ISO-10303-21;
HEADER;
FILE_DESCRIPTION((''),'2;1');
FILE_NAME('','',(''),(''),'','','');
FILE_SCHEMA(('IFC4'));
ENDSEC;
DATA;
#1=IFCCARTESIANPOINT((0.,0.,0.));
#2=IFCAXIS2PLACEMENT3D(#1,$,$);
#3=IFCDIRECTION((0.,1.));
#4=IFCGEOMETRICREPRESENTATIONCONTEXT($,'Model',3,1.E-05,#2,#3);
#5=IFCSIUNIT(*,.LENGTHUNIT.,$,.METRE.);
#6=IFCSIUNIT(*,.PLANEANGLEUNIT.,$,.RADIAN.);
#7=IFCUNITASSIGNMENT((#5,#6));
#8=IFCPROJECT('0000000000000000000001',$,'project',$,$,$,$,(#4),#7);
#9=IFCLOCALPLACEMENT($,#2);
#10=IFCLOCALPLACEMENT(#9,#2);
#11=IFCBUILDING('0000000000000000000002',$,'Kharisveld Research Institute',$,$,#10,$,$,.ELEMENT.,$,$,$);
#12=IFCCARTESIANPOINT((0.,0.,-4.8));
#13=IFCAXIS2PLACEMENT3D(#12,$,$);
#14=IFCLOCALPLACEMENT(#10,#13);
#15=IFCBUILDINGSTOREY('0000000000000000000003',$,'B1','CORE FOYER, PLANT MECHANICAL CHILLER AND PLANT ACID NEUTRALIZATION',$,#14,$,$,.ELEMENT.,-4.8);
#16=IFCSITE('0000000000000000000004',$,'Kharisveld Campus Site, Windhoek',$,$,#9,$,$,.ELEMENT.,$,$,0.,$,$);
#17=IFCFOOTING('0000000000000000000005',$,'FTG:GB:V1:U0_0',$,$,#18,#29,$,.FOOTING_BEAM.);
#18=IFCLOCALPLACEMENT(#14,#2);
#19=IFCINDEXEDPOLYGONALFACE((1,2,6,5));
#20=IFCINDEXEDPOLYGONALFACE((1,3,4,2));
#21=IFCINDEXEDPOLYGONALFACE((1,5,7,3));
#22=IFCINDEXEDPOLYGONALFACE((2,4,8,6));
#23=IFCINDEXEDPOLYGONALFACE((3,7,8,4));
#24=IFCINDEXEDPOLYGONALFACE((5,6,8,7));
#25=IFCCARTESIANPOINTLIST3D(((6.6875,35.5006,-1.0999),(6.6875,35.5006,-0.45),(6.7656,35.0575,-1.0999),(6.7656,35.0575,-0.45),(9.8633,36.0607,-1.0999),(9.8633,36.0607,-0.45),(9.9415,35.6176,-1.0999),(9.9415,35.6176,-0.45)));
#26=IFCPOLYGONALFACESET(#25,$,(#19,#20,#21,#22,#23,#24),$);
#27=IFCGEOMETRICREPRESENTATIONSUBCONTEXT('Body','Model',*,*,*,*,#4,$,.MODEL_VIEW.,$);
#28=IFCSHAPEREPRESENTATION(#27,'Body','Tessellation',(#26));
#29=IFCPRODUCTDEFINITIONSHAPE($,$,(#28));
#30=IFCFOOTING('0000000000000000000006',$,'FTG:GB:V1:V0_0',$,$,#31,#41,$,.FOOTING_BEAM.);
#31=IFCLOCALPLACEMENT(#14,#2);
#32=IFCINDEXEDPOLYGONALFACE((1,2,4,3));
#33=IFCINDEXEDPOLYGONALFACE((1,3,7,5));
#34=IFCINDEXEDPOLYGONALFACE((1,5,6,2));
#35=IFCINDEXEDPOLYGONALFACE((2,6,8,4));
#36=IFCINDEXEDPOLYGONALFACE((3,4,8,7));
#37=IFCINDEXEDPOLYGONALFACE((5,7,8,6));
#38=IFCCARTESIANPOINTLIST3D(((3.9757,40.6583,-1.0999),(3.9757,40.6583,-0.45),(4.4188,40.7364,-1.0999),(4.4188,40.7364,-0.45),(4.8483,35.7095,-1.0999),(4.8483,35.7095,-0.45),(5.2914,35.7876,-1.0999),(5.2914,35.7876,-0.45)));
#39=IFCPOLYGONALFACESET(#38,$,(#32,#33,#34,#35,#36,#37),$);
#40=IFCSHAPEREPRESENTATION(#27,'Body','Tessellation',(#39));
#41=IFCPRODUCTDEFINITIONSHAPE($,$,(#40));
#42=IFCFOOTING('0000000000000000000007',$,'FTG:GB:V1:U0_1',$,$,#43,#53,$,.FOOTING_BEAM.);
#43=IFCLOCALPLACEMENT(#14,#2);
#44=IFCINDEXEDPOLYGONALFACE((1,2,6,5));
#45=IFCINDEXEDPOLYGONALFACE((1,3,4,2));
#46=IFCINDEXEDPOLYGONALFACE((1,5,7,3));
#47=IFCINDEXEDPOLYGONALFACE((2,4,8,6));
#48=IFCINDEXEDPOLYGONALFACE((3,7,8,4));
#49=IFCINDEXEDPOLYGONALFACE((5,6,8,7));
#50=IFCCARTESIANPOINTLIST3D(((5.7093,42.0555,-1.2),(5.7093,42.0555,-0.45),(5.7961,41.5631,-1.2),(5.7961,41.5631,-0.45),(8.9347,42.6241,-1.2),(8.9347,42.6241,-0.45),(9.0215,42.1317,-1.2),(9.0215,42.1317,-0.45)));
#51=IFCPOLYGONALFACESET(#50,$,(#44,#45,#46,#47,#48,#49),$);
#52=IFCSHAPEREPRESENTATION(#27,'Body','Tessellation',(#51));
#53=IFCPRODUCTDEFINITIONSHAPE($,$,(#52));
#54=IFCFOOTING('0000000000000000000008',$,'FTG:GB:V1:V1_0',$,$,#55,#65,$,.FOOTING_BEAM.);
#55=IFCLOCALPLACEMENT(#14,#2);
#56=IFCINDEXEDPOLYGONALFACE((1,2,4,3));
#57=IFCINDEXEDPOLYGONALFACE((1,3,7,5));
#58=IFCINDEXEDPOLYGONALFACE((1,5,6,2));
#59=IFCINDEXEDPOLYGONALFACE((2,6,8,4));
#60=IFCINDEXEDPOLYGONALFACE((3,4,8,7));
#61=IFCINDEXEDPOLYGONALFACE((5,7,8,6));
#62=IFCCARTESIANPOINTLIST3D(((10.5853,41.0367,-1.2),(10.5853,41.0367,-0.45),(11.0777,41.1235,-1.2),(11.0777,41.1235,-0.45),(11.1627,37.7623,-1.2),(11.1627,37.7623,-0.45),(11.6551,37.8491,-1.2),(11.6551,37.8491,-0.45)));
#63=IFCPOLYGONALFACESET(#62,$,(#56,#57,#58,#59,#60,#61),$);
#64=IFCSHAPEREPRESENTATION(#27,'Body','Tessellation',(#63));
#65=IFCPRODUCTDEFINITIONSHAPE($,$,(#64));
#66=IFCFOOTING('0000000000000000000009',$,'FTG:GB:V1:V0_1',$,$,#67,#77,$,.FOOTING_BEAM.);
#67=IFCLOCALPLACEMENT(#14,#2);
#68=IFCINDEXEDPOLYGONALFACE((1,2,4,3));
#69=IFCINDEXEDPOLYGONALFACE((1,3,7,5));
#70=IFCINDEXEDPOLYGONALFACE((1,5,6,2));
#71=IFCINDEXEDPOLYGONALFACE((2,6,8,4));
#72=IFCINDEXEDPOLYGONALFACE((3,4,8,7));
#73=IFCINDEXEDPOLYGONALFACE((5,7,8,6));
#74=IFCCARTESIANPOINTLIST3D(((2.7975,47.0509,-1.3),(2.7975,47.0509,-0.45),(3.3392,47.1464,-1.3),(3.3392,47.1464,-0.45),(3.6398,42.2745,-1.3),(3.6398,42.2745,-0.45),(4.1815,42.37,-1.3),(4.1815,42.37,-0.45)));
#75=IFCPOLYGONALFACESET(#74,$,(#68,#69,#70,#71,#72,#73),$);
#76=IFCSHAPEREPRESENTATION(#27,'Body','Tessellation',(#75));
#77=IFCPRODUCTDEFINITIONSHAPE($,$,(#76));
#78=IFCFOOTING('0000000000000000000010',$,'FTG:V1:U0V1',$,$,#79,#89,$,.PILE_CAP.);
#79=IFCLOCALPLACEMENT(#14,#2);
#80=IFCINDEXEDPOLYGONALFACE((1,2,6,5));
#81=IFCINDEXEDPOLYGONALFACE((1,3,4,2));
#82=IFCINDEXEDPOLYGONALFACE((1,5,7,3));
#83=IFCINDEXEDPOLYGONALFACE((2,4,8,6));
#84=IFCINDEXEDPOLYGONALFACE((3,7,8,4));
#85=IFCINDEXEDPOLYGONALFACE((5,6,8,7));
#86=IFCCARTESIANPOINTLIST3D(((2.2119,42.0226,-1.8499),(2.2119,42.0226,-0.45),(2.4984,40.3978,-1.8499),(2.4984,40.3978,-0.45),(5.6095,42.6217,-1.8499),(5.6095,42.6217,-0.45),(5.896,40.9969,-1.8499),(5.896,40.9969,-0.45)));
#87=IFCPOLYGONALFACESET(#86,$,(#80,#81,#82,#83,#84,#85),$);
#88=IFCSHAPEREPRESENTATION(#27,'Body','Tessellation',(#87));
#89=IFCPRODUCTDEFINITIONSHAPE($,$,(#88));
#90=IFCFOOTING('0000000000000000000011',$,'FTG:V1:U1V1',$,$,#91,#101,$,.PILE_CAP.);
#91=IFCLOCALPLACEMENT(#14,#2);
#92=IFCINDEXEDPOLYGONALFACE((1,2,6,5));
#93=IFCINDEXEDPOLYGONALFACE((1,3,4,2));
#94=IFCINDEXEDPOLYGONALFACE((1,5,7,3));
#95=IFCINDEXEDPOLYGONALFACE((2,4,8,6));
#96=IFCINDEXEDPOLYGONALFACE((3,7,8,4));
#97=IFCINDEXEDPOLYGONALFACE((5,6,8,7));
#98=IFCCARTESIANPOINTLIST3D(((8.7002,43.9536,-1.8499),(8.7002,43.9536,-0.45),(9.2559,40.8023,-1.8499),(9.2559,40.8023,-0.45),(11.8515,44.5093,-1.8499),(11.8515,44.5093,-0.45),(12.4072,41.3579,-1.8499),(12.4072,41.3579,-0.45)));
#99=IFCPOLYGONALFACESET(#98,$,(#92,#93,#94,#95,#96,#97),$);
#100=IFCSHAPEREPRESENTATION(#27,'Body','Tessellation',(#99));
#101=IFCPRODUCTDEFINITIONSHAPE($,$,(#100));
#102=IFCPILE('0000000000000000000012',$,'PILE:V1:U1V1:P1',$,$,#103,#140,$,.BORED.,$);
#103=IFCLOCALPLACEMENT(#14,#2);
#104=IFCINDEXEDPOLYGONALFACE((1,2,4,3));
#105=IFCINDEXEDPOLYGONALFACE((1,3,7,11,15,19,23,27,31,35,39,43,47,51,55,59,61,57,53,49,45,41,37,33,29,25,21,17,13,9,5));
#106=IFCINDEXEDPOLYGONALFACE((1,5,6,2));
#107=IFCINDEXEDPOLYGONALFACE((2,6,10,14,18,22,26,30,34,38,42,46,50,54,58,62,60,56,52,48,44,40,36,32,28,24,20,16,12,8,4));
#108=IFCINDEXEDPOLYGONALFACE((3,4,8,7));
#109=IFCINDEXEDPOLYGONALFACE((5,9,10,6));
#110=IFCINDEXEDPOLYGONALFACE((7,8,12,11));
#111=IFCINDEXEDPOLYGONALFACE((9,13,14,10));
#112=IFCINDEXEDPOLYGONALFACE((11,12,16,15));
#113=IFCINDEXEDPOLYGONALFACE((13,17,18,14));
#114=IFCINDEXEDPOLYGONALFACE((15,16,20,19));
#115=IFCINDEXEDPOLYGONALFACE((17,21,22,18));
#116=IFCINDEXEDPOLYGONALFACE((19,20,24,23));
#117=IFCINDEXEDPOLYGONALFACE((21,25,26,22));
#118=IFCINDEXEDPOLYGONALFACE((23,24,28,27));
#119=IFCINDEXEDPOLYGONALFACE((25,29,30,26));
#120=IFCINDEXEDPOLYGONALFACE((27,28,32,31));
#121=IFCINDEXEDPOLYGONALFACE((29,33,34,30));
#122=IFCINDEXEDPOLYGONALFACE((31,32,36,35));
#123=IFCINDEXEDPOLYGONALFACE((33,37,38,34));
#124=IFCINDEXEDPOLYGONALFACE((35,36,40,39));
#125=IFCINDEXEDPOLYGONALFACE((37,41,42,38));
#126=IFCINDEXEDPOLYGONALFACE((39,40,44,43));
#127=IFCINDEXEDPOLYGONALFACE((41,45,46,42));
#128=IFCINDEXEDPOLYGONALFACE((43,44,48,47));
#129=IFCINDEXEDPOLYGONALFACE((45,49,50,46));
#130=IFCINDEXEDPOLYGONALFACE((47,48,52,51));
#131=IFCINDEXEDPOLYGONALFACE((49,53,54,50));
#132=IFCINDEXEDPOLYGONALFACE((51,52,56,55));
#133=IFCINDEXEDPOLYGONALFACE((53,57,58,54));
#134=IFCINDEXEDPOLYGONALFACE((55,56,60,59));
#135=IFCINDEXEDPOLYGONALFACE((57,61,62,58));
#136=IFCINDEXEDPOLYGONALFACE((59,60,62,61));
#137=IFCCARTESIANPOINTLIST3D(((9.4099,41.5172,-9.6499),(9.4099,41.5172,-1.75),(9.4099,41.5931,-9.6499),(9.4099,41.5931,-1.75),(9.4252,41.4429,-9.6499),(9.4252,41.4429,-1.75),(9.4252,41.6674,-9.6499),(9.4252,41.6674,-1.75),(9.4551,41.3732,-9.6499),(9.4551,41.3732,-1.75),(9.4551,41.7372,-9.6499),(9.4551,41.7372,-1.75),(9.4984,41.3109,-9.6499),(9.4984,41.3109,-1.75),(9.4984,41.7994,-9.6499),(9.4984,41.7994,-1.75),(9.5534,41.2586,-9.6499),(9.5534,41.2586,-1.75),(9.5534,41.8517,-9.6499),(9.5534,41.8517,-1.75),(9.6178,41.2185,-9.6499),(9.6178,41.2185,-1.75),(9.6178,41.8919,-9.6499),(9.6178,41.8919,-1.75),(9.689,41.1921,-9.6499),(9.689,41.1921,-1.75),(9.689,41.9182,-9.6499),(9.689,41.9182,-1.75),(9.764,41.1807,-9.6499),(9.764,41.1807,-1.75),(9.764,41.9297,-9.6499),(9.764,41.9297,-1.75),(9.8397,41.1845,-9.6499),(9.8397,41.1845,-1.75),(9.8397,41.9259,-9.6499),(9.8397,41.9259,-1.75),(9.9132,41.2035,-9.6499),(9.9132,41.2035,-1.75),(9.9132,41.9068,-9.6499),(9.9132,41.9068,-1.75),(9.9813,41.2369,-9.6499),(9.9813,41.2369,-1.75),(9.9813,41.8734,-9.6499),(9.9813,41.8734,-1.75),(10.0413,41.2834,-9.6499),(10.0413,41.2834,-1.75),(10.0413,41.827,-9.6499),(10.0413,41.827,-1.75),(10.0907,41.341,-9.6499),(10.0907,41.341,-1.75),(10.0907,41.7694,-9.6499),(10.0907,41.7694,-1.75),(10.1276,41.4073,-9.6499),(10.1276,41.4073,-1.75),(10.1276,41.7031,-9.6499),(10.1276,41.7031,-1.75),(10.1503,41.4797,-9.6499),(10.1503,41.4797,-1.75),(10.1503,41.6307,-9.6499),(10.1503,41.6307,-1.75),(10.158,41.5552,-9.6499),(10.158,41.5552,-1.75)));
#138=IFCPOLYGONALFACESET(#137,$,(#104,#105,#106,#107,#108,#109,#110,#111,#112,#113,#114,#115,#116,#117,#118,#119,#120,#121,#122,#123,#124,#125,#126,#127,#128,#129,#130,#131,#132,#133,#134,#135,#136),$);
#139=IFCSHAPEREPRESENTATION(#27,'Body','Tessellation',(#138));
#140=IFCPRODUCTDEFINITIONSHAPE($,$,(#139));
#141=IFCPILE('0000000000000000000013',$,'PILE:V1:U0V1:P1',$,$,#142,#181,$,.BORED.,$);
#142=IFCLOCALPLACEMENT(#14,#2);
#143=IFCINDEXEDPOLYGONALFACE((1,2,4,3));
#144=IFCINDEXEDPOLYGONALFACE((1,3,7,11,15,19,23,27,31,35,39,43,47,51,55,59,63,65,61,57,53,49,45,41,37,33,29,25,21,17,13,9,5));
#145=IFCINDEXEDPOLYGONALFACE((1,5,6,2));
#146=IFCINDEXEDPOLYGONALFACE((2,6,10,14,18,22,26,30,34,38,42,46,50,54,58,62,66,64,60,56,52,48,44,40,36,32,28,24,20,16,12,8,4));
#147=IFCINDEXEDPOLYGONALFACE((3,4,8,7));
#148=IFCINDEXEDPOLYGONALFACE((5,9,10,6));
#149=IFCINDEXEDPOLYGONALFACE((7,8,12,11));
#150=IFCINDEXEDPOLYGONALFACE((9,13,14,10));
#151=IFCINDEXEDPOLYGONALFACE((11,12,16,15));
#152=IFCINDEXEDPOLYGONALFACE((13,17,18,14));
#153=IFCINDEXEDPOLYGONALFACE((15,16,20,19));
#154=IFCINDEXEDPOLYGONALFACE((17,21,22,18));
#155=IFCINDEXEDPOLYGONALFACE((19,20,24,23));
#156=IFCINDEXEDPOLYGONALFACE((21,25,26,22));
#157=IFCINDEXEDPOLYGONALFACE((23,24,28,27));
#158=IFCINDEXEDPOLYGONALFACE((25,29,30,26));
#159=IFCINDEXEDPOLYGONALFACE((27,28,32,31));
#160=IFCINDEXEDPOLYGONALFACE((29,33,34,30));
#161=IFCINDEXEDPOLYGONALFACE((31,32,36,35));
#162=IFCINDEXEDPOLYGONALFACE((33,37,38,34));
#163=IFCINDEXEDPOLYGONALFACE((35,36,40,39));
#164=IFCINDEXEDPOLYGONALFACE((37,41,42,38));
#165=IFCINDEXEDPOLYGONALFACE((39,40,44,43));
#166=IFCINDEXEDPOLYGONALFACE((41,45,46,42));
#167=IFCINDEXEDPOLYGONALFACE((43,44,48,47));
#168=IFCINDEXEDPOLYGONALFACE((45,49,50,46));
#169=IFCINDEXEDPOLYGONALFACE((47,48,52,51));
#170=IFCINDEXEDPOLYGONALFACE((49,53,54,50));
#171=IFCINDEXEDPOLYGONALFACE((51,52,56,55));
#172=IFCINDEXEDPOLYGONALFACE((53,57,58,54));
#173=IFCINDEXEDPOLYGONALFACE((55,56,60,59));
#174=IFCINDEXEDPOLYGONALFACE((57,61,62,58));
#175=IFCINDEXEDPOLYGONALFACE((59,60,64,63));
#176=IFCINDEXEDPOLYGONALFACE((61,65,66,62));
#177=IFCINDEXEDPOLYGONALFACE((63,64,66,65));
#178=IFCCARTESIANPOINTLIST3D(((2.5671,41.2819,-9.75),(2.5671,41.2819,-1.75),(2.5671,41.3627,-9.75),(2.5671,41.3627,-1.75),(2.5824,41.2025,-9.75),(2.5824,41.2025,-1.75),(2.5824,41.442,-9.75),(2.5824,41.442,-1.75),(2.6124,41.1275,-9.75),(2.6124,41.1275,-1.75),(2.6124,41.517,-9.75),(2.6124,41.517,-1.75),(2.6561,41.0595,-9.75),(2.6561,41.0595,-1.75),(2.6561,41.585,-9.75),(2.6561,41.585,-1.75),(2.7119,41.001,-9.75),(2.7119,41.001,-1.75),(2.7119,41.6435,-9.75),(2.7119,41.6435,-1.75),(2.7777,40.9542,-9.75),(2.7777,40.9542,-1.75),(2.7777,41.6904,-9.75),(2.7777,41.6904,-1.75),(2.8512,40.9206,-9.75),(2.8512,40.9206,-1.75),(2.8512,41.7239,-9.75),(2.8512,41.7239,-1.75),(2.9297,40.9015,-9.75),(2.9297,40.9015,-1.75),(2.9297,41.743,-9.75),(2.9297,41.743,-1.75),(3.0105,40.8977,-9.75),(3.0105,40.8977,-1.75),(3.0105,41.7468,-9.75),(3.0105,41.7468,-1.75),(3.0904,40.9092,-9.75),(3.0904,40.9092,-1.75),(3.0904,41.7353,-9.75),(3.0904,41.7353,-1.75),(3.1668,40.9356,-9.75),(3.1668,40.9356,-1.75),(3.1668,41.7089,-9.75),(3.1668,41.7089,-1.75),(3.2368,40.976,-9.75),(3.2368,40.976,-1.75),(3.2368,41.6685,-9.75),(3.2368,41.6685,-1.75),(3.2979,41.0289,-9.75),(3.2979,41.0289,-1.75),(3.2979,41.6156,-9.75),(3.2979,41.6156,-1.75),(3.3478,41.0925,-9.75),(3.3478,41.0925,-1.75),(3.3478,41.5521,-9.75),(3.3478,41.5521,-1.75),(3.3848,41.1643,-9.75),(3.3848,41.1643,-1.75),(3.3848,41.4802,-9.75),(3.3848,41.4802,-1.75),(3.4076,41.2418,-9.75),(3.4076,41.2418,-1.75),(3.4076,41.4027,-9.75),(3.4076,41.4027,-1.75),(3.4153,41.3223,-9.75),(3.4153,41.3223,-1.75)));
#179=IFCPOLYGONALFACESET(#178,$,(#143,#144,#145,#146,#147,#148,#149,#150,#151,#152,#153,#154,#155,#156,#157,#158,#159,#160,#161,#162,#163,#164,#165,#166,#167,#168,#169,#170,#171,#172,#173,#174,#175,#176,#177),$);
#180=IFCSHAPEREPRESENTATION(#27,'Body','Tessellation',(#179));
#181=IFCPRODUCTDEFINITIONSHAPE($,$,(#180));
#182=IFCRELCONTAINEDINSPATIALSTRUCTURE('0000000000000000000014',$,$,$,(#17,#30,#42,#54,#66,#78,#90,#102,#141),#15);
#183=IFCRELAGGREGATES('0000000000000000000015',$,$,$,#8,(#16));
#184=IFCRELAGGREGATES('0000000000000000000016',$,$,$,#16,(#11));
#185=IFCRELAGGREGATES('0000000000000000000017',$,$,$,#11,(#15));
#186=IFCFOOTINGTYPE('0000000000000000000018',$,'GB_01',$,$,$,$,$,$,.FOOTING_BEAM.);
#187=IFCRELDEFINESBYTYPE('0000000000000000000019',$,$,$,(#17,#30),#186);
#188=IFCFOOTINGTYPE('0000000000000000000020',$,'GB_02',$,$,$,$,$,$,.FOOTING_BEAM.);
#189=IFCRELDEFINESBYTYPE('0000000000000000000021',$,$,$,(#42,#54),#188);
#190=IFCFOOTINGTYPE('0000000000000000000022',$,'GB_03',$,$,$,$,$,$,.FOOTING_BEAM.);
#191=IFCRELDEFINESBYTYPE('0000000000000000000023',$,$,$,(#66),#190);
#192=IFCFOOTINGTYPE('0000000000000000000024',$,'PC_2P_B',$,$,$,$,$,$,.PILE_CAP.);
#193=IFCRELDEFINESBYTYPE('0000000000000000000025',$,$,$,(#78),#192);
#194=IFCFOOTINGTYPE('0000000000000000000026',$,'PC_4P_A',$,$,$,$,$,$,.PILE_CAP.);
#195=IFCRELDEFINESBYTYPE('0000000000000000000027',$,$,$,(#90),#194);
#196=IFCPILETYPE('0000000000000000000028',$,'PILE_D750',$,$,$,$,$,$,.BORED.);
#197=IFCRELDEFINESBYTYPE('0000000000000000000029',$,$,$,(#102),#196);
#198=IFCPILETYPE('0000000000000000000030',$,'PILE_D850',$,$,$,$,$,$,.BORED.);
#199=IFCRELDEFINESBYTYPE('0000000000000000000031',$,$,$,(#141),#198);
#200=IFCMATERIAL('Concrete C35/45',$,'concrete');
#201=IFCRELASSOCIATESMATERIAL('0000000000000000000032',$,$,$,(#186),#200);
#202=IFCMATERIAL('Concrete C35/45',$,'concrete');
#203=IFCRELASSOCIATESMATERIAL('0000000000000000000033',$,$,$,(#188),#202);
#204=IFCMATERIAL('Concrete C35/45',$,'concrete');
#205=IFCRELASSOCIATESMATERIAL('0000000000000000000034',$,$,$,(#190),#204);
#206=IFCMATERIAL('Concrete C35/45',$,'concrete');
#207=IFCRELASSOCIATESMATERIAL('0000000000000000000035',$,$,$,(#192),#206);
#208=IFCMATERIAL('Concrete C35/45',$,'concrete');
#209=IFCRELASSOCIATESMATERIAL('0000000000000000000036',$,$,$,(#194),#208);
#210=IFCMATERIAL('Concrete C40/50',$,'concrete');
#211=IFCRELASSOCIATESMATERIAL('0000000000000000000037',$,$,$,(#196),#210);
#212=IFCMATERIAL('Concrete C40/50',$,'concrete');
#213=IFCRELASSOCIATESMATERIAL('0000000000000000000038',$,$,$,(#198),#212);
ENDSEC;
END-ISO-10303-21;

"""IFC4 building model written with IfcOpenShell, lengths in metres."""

from ifc_helpers import new_model, si_unit, direction, frame, origin, origin_2d, place, context, subcontext, project, spatial, rectangle, circle, extrude, material, material_profile, profile_set, type_object, element, save


model = new_model("IFC4")

# Units and contexts
model_context = context("Model", 3, precision=1e-05, world=origin(), true_north=direction((0.0, 1.0)))
body_context = subcontext(model_context, "Body", "Model", "MODEL_VIEW")
ifc_project = project(units=[si_unit("LENGTHUNIT", "METRE"), si_unit("PLANEANGLEUNIT", "RADIAN")], contexts=[model_context])

# Site, building, storey
site_placement = place(None, origin())
site = spatial("IfcSite", under=ifc_project, at=site_placement, Name="Kharisveld Campus Site, Windhoek", CompositionType="ELEMENT", RefElevation=0.0)
building_placement = place(site_placement, origin())
building = spatial("IfcBuilding", under=site, at=building_placement, Name="Kharisveld Research Institute", CompositionType="ELEMENT")
storey_placement = place(building_placement, frame((0.0, 0.0, -4.8)))
storey = spatial("IfcBuildingStorey", under=building, at=storey_placement, Name="B1", Description="CORE FOYER, PLANT MECHANICAL CHILLER AND PLANT ACID NEUTRALIZATION", CompositionType="ELEMENT", Elevation=-4.8)

# Footings
ifc_material_1 = material(Name="Concrete C35/45", Category="concrete")
ifc_material_profile_1 = material_profile(ifc_material_1, rectangle(XDim=0.45, YDim=0.6499, at=origin_2d()))
ifc_profile_set_1 = profile_set([ifc_material_profile_1], Name="Concrete C35/45")
footing_type_1 = type_object("IfcFootingType", Name="GB_01", PredefinedType="FOOTING_BEAM", material=ifc_profile_set_1)
footing_1_placement = place(storey_placement, frame((6.7266, 35.2791, -0.7749), z_axis=(0.984803, 0.173673, 0.0), x_axis=(-0.173673, 0.984803, 0.0)))
element("IfcFooting", 1, at=footing_1_placement, inside=storey, type_object=footing_type_1, Name="FTG:GB:V1:U0_0", PredefinedType="FOOTING_BEAM", context=body_context, shape_type="SweptSolid", body=[
    extrude(rectangle(XDim=0.45, YDim=0.6499, at=origin_2d()), origin(), (0.0, 0.0, 1.0), 3.2249),
])
footing_2_placement = place(storey_placement, frame((5.0698, 35.7485, -0.7749), z_axis=(-0.173641, 0.984809, 0.0), x_axis=(-0.984809, -0.173641, 0.0)))
element("IfcFooting", 2, at=footing_2_placement, inside=storey, type_object=footing_type_1, Name="FTG:GB:V1:V0_0", PredefinedType="FOOTING_BEAM", context=body_context, shape_type="SweptSolid", body=[
    extrude(rectangle(XDim=0.45, YDim=0.6499, at=origin_2d()), origin(), (0.0, 0.0, 1.0), 5.0251),
])
ifc_material_2 = material(Name="Concrete C35/45", Category="concrete")
ifc_material_profile_2 = material_profile(ifc_material_2, rectangle(XDim=0.5, YDim=0.75, at=origin_2d()))
ifc_profile_set_2 = profile_set([ifc_material_profile_2], Name="Concrete C35/45")
footing_type_2 = type_object("IfcFootingType", Name="GB_02", PredefinedType="FOOTING_BEAM", material=ifc_profile_set_2)
footing_3_placement = place(storey_placement, frame((5.7527, 41.8093, -0.825), z_axis=(0.984814, 0.173615, 0.0), x_axis=(-0.173615, 0.984814, 0.0)))
element("IfcFooting", 3, at=footing_3_placement, inside=storey, type_object=footing_type_2, Name="FTG:GB:V1:U0_1", PredefinedType="FOOTING_BEAM", context=body_context, shape_type="SweptSolid", body=[
    extrude(rectangle(XDim=0.5, YDim=0.75, at=origin_2d()), origin(), (0.0, 0.0, 1.0), 3.2751),
])
footing_4_placement = place(storey_placement, frame((11.4089, 37.8057, -0.825), z_axis=(-0.173655, 0.984806, 0.0), x_axis=(-0.984806, -0.173655, 0.0)))
element("IfcFooting", 4, at=footing_4_placement, inside=storey, type_object=footing_type_2, Name="FTG:GB:V1:V1_0", PredefinedType="FOOTING_BEAM", context=body_context, shape_type="SweptSolid", body=[
    extrude(rectangle(XDim=0.5, YDim=0.75, at=origin_2d()), origin(), (0.0, 0.0, 1.0), 3.325),
])
ifc_material_3 = material(Name="Concrete C35/45", Category="concrete")
ifc_material_profile_3 = material_profile(ifc_material_3, rectangle(XDim=0.55, YDim=0.8501, at=origin_2d()))
ifc_profile_set_3 = profile_set([ifc_material_profile_3], Name="Concrete C35/45")
footing_type_3 = type_object("IfcFootingType", Name="GB_03", PredefinedType="FOOTING_BEAM", material=ifc_profile_set_3)
footing_5_placement = place(storey_placement, frame((3.9106, 42.3223, -0.875), z_axis=(-0.173665, 0.984805, 0.0), x_axis=(-0.984805, -0.173665, 0.0)))
element("IfcFooting", 5, at=footing_5_placement, inside=storey, type_object=footing_type_3, Name="FTG:GB:V1:V0_1", PredefinedType="FOOTING_BEAM", context=body_context, shape_type="SweptSolid", body=[
    extrude(rectangle(XDim=0.55, YDim=0.8501, at=origin_2d()), origin(), (0.0, 0.0, 1.0), 4.8501),
])
ifc_material_4 = material(Name="Concrete C35/45", Category="concrete")
footing_type_4 = type_object("IfcFootingType", Name="PC_2P_B", PredefinedType="PILE_CAP", material=ifc_material_4)
footing_6_placement = place(storey_placement, frame((4.054, 41.5098, -1.8499), z_axis=(0.0, 0.0, 1.0), x_axis=(0.984808, 0.173648, 0.0)))
element("IfcFooting", 6, at=footing_6_placement, inside=storey, type_object=footing_type_4, Name="FTG:V1:U0V1", PredefinedType="PILE_CAP", context=body_context, shape_type="SweptSolid", body=[
    extrude(rectangle(XDim=3.45, YDim=1.6499, at=origin_2d()), origin(), (0.0, 0.0, 1.0), 1.3999),
])
ifc_material_5 = material(Name="Concrete C35/45", Category="concrete")
footing_type_5 = type_object("IfcFootingType", Name="PC_4P_A", PredefinedType="PILE_CAP", material=ifc_material_5)
footing_7_placement = place(storey_placement, frame((10.5537, 42.6558, -1.8499), z_axis=(0.0, 0.0, 1.0), x_axis=(0.984808, 0.173648, 0.0)))
element("IfcFooting", 7, at=footing_7_placement, inside=storey, type_object=footing_type_5, Name="FTG:V1:U1V1", PredefinedType="PILE_CAP", context=body_context, shape_type="SweptSolid", body=[
    extrude(rectangle(XDim=3.2, YDim=3.2, at=origin_2d()), origin(), (0.0, 0.0, 1.0), 1.3999),
])

# Piles
ifc_material_6 = material(Name="Concrete C40/50", Category="concrete")
ifc_material_profile_4 = material_profile(ifc_material_6, circle(Radius=0.375, at=origin_2d()))
ifc_profile_set_4 = profile_set([ifc_material_profile_4], Name="Concrete C40/50")
pile_type_1 = type_object("IfcPileType", Name="PILE_D750", PredefinedType="BORED", material=ifc_profile_set_4)
pile_1_placement = place(storey_placement, frame((9.783, 41.5552, -1.75), z_axis=(0.0, 0.0, -1.0), x_axis=(1.0, 0.0, 0.0)))
element("IfcPile", 8, at=pile_1_placement, inside=storey, type_object=pile_type_1, Name="PILE:V1:U1V1:P1", PredefinedType="BORED", context=body_context, shape_type="SweptSolid", body=[
    extrude(circle(Radius=0.375, at=origin_2d()), origin(), (0.0, 0.0, 1.0), 7.8999),
])
ifc_material_7 = material(Name="Concrete C40/50", Category="concrete")
ifc_material_profile_5 = material_profile(ifc_material_7, circle(Radius=0.425, at=origin_2d()))
ifc_profile_set_5 = profile_set([ifc_material_profile_5], Name="Concrete C40/50")
pile_type_2 = type_object("IfcPileType", Name="PILE_D850", PredefinedType="BORED", material=ifc_profile_set_5)
for number, where, z_axis, x_axis, name in (
    (9, (2.9902, 41.3223, -1.75), (0.0, 0.0, -1.0), (1.0, 0.0, 0.0), "PILE:V1:U0V1:P1"),
):
    element("IfcPile", number, at=place(storey_placement, frame(where, z_axis=z_axis, x_axis=x_axis)), inside=storey, type_object=pile_type_2, Name=name, PredefinedType="BORED", context=body_context, shape_type="SweptSolid", body=[
        extrude(circle(Radius=0.425, at=origin_2d()), origin(), (0.0, 0.0, 1.0), 8.0),
    ])

save(model, "model.ifc")
